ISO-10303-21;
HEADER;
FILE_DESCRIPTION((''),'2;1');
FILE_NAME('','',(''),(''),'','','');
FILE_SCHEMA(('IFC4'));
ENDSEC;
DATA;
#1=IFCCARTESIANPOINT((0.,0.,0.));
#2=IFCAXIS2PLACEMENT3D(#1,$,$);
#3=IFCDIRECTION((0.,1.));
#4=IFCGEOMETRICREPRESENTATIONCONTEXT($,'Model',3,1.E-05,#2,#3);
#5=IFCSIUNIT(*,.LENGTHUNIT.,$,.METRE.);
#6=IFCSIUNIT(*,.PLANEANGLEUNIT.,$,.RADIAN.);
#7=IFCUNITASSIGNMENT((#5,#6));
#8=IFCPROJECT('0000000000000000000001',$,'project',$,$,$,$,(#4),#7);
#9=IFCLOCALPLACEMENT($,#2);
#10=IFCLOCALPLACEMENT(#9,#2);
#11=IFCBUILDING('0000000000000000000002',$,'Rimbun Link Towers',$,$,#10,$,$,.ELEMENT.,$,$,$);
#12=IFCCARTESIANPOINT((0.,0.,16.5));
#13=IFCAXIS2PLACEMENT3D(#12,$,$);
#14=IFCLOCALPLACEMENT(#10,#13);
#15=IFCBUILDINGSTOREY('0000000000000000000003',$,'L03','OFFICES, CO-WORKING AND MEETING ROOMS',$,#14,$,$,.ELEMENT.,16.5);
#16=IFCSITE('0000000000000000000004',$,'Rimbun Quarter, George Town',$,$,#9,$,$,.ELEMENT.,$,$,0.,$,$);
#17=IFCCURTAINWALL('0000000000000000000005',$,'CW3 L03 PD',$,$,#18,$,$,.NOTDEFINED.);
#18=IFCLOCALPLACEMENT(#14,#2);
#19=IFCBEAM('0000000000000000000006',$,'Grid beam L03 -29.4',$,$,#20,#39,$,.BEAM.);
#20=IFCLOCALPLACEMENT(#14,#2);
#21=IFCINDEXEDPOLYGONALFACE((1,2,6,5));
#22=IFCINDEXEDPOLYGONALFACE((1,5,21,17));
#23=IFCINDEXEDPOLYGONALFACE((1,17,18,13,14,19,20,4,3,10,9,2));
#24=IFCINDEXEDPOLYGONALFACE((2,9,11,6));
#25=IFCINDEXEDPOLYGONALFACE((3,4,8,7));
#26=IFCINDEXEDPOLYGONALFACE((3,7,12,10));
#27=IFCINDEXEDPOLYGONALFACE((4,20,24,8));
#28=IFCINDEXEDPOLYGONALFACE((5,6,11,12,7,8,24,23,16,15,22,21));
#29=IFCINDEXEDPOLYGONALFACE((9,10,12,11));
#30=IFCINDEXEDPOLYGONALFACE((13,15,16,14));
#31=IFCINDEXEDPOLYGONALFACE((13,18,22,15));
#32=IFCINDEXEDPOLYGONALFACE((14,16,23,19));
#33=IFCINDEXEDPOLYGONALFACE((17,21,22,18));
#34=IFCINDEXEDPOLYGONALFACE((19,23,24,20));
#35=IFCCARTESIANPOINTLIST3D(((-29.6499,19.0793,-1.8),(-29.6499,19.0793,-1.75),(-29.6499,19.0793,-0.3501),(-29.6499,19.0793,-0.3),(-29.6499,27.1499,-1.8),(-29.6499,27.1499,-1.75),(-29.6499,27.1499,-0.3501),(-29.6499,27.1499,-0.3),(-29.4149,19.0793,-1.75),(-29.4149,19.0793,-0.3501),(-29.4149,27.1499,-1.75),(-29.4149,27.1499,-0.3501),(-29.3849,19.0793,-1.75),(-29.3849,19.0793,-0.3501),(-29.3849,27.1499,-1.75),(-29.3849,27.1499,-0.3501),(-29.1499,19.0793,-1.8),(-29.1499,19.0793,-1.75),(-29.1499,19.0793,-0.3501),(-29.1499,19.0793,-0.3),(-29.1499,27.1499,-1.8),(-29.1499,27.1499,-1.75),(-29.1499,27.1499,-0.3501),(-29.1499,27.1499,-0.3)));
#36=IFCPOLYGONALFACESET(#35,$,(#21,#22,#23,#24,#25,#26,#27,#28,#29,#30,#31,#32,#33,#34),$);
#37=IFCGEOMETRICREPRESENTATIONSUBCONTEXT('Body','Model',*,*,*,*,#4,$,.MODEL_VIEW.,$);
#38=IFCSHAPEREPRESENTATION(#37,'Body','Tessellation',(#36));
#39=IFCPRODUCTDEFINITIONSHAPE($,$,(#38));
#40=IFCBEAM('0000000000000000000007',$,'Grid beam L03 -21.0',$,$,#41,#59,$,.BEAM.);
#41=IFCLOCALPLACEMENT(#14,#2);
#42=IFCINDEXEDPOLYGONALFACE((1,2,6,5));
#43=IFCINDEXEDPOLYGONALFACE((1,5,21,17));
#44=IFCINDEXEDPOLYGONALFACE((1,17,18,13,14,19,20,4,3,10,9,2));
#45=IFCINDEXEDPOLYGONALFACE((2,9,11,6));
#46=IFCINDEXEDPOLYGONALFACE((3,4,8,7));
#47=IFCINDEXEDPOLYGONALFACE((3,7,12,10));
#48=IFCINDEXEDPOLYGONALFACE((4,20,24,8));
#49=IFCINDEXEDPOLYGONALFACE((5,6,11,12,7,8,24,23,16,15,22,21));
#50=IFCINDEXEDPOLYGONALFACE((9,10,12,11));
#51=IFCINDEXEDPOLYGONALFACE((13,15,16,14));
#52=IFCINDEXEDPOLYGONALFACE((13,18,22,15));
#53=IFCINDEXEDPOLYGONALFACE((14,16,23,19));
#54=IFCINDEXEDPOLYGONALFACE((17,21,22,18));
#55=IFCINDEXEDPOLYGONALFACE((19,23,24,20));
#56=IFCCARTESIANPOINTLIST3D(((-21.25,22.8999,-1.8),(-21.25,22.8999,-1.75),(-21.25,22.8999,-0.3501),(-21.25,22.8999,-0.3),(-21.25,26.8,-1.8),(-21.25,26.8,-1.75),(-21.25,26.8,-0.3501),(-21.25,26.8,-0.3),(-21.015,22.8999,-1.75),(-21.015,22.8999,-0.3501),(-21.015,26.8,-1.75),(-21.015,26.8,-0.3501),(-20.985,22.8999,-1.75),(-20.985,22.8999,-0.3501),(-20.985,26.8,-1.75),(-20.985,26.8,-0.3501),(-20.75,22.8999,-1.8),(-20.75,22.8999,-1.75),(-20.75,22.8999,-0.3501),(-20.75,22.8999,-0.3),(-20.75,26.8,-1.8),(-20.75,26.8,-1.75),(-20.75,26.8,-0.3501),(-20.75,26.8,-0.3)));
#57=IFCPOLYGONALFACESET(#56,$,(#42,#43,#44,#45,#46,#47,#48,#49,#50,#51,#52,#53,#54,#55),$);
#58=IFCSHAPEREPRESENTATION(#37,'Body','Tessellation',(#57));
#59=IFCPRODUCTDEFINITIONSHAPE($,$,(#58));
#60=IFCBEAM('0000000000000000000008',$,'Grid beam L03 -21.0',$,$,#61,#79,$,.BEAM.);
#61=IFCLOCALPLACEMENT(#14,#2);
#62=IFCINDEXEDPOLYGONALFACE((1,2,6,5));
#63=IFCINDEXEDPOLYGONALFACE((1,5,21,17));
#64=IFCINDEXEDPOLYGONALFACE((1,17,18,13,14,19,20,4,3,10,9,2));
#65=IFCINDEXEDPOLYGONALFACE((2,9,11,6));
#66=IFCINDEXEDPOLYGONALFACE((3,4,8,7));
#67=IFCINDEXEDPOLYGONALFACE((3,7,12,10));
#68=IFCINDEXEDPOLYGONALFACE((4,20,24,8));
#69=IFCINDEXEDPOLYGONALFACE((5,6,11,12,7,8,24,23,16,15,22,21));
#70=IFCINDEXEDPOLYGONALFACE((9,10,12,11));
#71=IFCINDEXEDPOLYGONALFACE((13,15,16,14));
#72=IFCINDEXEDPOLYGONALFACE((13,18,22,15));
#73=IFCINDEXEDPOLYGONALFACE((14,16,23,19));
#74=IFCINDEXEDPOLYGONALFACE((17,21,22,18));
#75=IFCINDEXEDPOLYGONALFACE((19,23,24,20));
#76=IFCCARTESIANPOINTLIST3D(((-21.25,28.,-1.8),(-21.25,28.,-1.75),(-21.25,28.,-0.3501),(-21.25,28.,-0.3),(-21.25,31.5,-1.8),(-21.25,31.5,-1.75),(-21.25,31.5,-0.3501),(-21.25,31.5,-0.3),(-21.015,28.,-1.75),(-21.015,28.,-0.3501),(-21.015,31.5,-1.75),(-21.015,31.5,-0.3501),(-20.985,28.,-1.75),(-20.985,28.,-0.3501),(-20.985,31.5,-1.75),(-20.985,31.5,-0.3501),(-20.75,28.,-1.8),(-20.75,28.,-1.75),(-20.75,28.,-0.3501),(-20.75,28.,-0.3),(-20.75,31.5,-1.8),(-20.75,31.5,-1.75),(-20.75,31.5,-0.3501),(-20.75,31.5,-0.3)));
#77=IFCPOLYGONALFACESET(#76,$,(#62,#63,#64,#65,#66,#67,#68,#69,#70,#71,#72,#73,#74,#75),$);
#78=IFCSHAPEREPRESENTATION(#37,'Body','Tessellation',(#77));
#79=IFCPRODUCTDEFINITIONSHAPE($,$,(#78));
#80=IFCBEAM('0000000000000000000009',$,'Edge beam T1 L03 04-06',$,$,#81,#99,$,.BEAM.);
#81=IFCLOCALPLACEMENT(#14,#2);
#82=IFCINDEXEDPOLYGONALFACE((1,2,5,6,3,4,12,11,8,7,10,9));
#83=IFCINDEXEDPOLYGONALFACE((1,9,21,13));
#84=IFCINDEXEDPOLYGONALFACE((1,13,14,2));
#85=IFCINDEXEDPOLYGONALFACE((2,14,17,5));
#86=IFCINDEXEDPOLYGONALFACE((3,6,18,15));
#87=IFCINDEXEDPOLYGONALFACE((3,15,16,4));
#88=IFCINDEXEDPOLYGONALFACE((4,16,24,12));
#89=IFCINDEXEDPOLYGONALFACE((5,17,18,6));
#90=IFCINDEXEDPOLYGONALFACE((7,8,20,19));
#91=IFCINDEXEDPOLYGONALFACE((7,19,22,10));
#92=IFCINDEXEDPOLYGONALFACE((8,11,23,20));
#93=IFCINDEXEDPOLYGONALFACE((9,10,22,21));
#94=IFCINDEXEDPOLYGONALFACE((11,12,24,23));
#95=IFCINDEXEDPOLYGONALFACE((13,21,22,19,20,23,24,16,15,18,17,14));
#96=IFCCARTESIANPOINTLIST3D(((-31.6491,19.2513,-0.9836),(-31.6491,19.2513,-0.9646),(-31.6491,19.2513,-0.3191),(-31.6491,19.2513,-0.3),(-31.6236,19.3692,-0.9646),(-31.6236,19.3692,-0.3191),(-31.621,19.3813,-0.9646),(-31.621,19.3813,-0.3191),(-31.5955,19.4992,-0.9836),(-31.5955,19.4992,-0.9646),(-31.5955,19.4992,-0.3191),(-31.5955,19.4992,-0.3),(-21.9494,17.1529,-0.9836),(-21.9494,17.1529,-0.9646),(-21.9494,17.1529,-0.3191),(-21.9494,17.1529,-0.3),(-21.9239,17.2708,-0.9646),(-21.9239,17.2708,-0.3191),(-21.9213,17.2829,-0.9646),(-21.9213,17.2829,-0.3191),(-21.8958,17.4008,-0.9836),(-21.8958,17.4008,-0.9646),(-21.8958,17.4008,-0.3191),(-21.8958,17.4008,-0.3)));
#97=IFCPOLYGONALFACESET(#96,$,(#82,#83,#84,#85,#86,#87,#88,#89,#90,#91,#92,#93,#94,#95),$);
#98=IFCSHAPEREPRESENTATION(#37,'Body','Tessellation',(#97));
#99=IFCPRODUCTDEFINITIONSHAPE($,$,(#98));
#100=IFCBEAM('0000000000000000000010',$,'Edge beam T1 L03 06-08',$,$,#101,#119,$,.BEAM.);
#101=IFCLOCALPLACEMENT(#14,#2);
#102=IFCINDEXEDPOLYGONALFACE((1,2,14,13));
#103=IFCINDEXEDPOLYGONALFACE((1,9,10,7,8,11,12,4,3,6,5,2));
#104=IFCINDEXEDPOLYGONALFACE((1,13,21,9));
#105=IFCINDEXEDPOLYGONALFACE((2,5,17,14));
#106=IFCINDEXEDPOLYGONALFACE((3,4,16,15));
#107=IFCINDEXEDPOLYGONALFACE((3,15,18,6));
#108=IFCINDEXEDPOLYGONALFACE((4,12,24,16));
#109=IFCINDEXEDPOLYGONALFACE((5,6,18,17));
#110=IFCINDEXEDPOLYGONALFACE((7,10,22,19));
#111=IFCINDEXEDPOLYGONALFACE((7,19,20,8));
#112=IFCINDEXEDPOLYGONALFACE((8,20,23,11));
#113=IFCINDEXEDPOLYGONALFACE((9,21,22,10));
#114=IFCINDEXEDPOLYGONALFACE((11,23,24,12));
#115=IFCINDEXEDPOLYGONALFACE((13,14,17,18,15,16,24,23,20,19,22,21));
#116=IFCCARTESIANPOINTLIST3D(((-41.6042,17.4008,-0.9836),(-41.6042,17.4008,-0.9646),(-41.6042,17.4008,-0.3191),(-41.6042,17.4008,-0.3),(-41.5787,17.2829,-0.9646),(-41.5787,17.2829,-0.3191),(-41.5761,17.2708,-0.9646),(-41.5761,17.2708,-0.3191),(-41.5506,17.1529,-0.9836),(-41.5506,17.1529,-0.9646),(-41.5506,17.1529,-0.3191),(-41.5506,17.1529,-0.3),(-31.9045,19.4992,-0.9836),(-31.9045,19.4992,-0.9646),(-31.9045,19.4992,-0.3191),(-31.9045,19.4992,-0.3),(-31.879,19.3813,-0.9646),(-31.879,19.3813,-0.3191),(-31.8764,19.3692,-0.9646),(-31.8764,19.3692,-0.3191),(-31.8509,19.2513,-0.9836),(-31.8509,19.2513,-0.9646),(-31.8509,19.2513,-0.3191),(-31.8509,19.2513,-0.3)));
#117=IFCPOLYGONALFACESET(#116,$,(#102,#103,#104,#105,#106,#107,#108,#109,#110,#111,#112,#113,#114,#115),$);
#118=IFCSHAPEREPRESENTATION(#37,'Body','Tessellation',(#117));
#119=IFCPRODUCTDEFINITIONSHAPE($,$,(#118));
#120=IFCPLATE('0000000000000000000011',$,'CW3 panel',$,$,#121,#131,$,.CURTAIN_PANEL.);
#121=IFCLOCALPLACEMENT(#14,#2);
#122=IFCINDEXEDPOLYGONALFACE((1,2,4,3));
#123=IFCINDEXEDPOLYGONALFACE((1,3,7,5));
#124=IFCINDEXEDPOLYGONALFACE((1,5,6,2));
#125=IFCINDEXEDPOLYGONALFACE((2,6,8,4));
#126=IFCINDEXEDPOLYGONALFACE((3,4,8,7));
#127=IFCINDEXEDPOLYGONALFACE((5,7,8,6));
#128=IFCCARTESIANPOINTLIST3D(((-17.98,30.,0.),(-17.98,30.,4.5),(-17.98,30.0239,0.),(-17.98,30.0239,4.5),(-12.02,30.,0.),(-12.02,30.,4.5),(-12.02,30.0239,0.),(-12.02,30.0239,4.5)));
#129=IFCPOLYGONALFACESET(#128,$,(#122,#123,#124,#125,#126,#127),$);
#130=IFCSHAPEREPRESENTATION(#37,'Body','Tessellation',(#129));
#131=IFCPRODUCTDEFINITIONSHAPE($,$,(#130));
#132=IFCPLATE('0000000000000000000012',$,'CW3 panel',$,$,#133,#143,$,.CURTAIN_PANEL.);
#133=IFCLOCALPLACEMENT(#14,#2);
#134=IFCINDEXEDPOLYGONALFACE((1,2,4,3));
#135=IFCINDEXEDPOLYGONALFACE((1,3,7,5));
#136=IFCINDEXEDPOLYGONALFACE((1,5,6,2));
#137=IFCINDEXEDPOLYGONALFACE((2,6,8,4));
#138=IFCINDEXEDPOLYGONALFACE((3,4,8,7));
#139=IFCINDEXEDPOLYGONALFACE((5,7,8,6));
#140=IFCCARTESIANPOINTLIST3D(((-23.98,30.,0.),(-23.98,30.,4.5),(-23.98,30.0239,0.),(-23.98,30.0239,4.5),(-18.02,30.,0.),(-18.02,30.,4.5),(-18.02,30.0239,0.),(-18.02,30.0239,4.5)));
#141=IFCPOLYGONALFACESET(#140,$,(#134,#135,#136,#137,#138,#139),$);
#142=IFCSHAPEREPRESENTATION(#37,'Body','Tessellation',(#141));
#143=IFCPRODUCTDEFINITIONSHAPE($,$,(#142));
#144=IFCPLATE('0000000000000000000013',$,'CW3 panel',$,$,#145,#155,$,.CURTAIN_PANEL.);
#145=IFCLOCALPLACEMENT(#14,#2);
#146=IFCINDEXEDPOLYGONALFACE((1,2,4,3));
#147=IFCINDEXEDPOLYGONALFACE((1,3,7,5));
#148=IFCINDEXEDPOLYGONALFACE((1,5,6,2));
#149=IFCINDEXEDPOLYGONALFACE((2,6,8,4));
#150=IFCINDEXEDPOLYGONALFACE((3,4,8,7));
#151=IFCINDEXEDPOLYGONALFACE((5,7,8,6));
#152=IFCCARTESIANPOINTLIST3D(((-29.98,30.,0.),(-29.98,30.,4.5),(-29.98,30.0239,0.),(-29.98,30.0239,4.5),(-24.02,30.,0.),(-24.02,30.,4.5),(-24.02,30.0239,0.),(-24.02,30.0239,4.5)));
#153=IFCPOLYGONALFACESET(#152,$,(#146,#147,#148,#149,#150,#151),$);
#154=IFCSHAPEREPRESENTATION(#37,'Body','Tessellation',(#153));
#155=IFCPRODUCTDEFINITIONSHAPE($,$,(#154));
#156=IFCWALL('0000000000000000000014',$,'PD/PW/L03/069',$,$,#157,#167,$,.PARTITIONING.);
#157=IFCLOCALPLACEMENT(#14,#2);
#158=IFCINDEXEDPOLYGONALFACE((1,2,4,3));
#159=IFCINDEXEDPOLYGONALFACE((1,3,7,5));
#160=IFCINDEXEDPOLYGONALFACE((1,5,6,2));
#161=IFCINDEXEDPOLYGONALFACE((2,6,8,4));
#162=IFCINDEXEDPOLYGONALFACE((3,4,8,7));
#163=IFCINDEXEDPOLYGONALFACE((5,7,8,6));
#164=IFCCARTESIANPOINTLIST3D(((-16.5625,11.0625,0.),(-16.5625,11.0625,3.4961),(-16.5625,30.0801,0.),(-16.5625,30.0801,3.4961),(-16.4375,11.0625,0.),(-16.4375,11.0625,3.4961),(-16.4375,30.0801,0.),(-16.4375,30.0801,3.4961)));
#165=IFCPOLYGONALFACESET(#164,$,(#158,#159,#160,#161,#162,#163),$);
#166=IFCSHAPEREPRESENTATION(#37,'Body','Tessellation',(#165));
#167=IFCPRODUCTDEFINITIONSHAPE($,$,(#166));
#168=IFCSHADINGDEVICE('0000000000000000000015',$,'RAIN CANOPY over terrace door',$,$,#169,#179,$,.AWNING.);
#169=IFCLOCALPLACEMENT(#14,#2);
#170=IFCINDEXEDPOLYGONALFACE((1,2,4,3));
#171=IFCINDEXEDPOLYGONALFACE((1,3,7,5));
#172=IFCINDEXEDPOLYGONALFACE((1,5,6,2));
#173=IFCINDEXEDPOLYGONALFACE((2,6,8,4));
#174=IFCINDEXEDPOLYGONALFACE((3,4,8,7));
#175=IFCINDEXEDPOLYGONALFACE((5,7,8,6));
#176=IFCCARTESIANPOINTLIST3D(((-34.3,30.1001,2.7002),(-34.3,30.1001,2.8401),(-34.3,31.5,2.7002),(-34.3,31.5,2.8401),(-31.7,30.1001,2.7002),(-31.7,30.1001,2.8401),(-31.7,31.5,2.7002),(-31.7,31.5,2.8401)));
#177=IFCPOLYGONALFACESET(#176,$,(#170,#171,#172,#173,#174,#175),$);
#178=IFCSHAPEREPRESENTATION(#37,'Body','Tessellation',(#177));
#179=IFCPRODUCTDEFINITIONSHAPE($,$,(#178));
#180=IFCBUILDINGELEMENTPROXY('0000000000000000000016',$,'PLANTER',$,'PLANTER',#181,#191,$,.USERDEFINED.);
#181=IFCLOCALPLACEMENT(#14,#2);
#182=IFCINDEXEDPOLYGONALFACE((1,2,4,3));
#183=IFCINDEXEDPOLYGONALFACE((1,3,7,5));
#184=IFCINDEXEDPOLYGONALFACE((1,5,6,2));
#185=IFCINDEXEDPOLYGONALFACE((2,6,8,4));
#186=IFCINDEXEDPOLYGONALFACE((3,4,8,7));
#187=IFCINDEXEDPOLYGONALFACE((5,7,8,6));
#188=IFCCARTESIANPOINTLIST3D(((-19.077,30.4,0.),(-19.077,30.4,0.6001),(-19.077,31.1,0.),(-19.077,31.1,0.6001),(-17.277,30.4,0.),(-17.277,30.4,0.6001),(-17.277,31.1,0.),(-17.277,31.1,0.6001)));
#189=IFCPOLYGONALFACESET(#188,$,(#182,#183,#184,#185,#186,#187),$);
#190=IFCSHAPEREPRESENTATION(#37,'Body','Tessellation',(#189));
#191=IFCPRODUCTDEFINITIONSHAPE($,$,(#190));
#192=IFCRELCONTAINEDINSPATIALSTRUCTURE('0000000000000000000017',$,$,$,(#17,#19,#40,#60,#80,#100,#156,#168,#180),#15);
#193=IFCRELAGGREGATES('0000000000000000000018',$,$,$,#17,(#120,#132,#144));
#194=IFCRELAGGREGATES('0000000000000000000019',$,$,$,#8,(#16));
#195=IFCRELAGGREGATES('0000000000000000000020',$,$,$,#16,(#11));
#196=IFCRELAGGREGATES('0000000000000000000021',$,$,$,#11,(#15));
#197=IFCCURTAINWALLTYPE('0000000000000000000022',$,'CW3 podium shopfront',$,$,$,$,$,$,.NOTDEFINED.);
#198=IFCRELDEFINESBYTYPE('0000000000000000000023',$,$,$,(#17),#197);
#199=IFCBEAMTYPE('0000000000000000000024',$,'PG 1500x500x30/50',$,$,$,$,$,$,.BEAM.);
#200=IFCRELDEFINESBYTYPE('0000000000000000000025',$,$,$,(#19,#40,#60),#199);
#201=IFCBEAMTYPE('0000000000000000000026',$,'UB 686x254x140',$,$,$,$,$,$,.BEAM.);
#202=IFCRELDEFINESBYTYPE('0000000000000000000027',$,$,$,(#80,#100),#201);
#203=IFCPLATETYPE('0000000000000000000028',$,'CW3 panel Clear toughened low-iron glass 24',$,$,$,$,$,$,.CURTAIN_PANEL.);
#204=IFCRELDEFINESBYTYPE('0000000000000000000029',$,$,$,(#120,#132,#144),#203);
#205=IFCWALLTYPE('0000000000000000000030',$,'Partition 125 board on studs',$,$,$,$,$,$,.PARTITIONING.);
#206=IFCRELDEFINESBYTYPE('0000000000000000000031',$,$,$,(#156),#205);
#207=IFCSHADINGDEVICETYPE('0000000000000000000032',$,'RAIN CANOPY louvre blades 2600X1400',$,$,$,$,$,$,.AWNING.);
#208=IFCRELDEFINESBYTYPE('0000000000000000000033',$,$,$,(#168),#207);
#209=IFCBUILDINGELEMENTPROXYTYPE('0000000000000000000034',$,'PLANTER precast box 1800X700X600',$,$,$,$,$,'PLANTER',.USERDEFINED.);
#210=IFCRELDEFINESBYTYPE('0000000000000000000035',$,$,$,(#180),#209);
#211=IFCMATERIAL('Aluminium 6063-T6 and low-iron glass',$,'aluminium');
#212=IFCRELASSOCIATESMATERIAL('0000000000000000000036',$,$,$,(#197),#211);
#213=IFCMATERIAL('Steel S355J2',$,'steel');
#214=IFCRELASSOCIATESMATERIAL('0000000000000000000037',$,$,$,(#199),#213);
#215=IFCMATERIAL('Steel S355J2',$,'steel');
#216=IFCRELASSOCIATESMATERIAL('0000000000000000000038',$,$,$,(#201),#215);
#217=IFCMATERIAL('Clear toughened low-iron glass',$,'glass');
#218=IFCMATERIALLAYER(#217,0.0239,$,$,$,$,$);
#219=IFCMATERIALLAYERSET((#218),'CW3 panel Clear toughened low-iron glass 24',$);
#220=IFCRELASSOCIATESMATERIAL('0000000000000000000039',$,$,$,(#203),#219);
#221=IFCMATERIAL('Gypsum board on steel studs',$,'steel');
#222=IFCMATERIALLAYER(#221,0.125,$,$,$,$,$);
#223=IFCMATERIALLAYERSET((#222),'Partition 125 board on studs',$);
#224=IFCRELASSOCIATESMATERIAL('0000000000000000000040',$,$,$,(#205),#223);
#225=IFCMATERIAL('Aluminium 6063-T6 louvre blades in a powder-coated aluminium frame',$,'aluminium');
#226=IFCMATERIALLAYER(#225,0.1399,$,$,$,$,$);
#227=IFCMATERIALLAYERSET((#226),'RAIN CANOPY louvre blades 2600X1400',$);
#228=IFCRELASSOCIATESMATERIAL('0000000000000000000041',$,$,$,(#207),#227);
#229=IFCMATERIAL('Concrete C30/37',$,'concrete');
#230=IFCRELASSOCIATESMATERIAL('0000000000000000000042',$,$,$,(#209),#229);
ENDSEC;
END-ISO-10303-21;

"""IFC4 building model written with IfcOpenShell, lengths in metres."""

from ifc_helpers import new_model, si_unit, direction, frame, frame_2d, origin, origin_2d, place, context, subcontext, project, spatial, rectangle, i_section, extrude, material, layer, layer_set, material_profile, profile_set, type_object, element, aggregate, save


model = new_model("IFC4")

# Units and contexts
model_context = context("Model", 3, precision=1e-05, world=origin(), true_north=direction((0.0, 1.0)))
body_context = subcontext(model_context, "Body", "Model", "MODEL_VIEW")
ifc_project = project(units=[si_unit("LENGTHUNIT", "METRE"), si_unit("PLANEANGLEUNIT", "RADIAN")], contexts=[model_context])

# Site, building, storey
site_placement = place(None, origin())
site = spatial("IfcSite", under=ifc_project, at=site_placement, Name="Rimbun Quarter, George Town", CompositionType="ELEMENT", RefElevation=0.0)
building_placement = place(site_placement, origin())
building = spatial("IfcBuilding", under=site, at=building_placement, Name="Rimbun Link Towers", CompositionType="ELEMENT")
storey_placement = place(building_placement, frame((0.0, 0.0, 16.5)))
storey = spatial("IfcBuildingStorey", under=building, at=storey_placement, Name="L03", Description="OFFICES, CO-WORKING AND MEETING ROOMS", CompositionType="ELEMENT", Elevation=16.5)

# Curtain wall
ifc_material_1 = material(Name="Aluminium 6063-T6 and low-iron glass", Category="aluminium")
curtain_wall_type = type_object("IfcCurtainWallType", Name="CW3 podium shopfront", PredefinedType="NOTDEFINED", material=ifc_material_1)
curtain_wall_placement = place(storey_placement, origin())
curtain_wall = element("IfcCurtainWall", 1, at=curtain_wall_placement, inside=storey, type_object=curtain_wall_type, Name="CW3 L03 PD", PredefinedType="NOTDEFINED")

# Beams
ifc_material_2 = material(Name="Steel S355J2", Category="steel")
ifc_material_profile_1 = material_profile(ifc_material_2, i_section(OverallWidth=0.5, OverallDepth=1.5, WebThickness=0.03, FlangeThickness=0.05, at=origin_2d()), Name="PG 1500x500x30/50")
ifc_profile_set_1 = profile_set([ifc_material_profile_1], Name="Steel S355J2")
beam_type_1 = type_object("IfcBeamType", Name="PG 1500x500x30/50", PredefinedType="BEAM", material=ifc_profile_set_1)
beam_1_placement = place(storey_placement, frame((-29.3999, 19.0793, -1.05), z_axis=(0.0, 1.0, 0.0), x_axis=(-1.0, 0.0, 0.0)))
element("IfcBeam", 2, at=beam_1_placement, inside=storey, type_object=beam_type_1, Name="Grid beam L03 -29.4", PredefinedType="BEAM", context=body_context, shape_type="SweptSolid", body=[
    extrude(i_section(OverallWidth=0.5, OverallDepth=1.5, WebThickness=0.03, FlangeThickness=0.05, at=origin_2d()), origin(), (0.0, 0.0, 1.0), 8.0706),
])
beam_2_placement = place(storey_placement, frame((-21.0, 22.8999, -1.05), z_axis=(0.0, 1.0, 0.0), x_axis=(-1.0, 0.0, 0.0)))
element("IfcBeam", 3, at=beam_2_placement, inside=storey, type_object=beam_type_1, Name="Grid beam L03 -21.0", PredefinedType="BEAM", context=body_context, shape_type="SweptSolid", body=[
    extrude(i_section(OverallWidth=0.5, OverallDepth=1.5, WebThickness=0.03, FlangeThickness=0.05, at=origin_2d()), origin(), (0.0, 0.0, 1.0), 3.9001),
])
beam_3_placement = place(storey_placement, frame((-21.0, 28.0, -1.05), z_axis=(0.0, 1.0, 0.0), x_axis=(-1.0, 0.0, 0.0)))
element("IfcBeam", 4, at=beam_3_placement, inside=storey, type_object=beam_type_1, Name="Grid beam L03 -21.0", PredefinedType="BEAM", context=body_context, shape_type="SweptSolid", body=[
    extrude(i_section(OverallWidth=0.5, OverallDepth=1.5, WebThickness=0.03, FlangeThickness=0.05, at=origin_2d()), origin(), (0.0, 0.0, 1.0), 3.5),
])
ifc_material_3 = material(Name="Steel S355J2", Category="steel")
ifc_material_profile_2 = material_profile(ifc_material_3, i_section(OverallWidth=0.2537, OverallDepth=0.6836, WebThickness=0.0125, FlangeThickness=0.019, at=origin_2d()), Name="UB 686x254x140")
ifc_profile_set_2 = profile_set([ifc_material_profile_2], Name="Steel S355J2")
beam_type_2 = type_object("IfcBeamType", Name="UB 686x254x140", PredefinedType="BEAM", material=ifc_profile_set_2)
for number, where, z_axis, x_axis, name in (
    (5, (-21.9226, 17.2769, -0.6418), (-0.97739, 0.211444, 0.0), (-0.211444, -0.97739, 0.0), "Edge beam T1 L03 04-06"),
    (6, (-31.8777, 19.3752, -0.6418), (-0.97739, -0.211444, 0.0), (0.211444, -0.97739, 0.0), "Edge beam T1 L03 06-08"),
):
    element("IfcBeam", number, at=place(storey_placement, frame(where, z_axis=z_axis, x_axis=x_axis)), inside=storey, type_object=beam_type_2, Name=name, PredefinedType="BEAM", context=body_context, shape_type="SweptSolid", body=[
        extrude(i_section(OverallWidth=0.2537, OverallDepth=0.6836, WebThickness=0.0125, FlangeThickness=0.019, at=origin_2d()), origin(), (0.0, 0.0, 1.0), 9.9241),
    ])

# Plates
ifc_material_4 = material(Name="Clear toughened low-iron glass", Category="glass")
ifc_layer_1 = layer(ifc_material_4, 0.0239)
ifc_layer_set_1 = layer_set([ifc_layer_1], Name="CW3 panel Clear toughened low-iron glass 24")
plate_type = type_object("IfcPlateType", Name="CW3 panel Clear toughened low-iron glass 24", PredefinedType="CURTAIN_PANEL", material=ifc_layer_set_1)
plate_1_placement = place(storey_placement, frame((-15.0, 30.012, 0.0), z_axis=(0.0, 0.0, 1.0), x_axis=(1.0, 0.0, 0.0)))
plate_1 = element("IfcPlate", 7, at=plate_1_placement, type_object=plate_type, Name="CW3 panel", PredefinedType="CURTAIN_PANEL", context=body_context, shape_type="SweptSolid", body=[
    extrude(rectangle(XDim=5.96, YDim=0.0239, at=origin_2d()), origin(), (0.0, 0.0, 1.0), 4.5),
])
plate_2_placement = place(storey_placement, frame((-21.0, 30.012, 0.0), z_axis=(0.0, 0.0, 1.0), x_axis=(1.0, 0.0, 0.0)))
plate_2 = element("IfcPlate", 8, at=plate_2_placement, type_object=plate_type, Name="CW3 panel", PredefinedType="CURTAIN_PANEL", context=body_context, shape_type="SweptSolid", body=[
    extrude(rectangle(XDim=5.96, YDim=0.0239, at=origin_2d()), origin(), (0.0, 0.0, 1.0), 4.5),
])
plate_3_placement = place(storey_placement, frame((-27.0, 30.012, 0.0), z_axis=(0.0, 0.0, 1.0), x_axis=(1.0, 0.0, 0.0)))
plate_3 = element("IfcPlate", 9, at=plate_3_placement, type_object=plate_type, Name="CW3 panel", PredefinedType="CURTAIN_PANEL", context=body_context, shape_type="SweptSolid", body=[
    extrude(rectangle(XDim=5.96, YDim=0.0239, at=origin_2d()), origin(), (0.0, 0.0, 1.0), 4.5),
])
aggregate(curtain_wall, [plate_1, plate_2, plate_3])

# Wall
ifc_material_5 = material(Name="Gypsum board on steel studs", Category="steel")
ifc_layer_2 = layer(ifc_material_5, 0.125)
ifc_layer_set_2 = layer_set([ifc_layer_2], Name="Partition 125 board on studs")
wall_type = type_object("IfcWallType", Name="Partition 125 board on studs", PredefinedType="PARTITIONING", material=ifc_layer_set_2)
wall_placement = place(storey_placement, frame((-16.5, 11.0625, 0.0), z_axis=(0.0, 0.0, 1.0), x_axis=(0.0, 1.0, 0.0)))
element("IfcWall", 10, at=wall_placement, inside=storey, type_object=wall_type, Name="PD/PW/L03/069", PredefinedType="PARTITIONING", context=body_context, shape_type="SweptSolid", body=[
    extrude(rectangle(XDim=19.0176, YDim=0.125, at=frame_2d((9.5088, 0.0))), origin(), (0.0, 0.0, 1.0), 3.4961),
])

# Shading device
ifc_material_6 = material(Name="Aluminium 6063-T6 louvre blades in a powder-coated aluminium frame", Category="aluminium")
ifc_layer_3 = layer(ifc_material_6, 0.1399)
ifc_layer_set_3 = layer_set([ifc_layer_3], Name="RAIN CANOPY louvre blades 2600X1400")
shading_device_type = type_object("IfcShadingDeviceType", Name="RAIN CANOPY louvre blades 2600X1400", PredefinedType="AWNING", material=ifc_layer_set_3)
shading_device_placement = place(storey_placement, frame((-33.0, 30.8, 2.7002), z_axis=(0.0, 0.0, 1.0), x_axis=(1.0, 0.0, 0.0)))
element("IfcShadingDevice", 11, at=shading_device_placement, inside=storey, type_object=shading_device_type, Name="RAIN CANOPY over terrace door", PredefinedType="AWNING", context=body_context, shape_type="SweptSolid", body=[
    extrude(rectangle(XDim=2.6001, YDim=1.3999, at=origin_2d()), origin(), (0.0, 0.0, 1.0), 0.1399),
])

# Building element proxy
ifc_material_7 = material(Name="Concrete C30/37", Category="concrete")
building_element_proxy_type = type_object("IfcBuildingElementProxyType", Name="PLANTER precast box 1800X700X600", ElementType="PLANTER", PredefinedType="USERDEFINED", material=ifc_material_7)
for number, where, z_axis, x_axis, name in (
    (12, (-18.177, 30.75, 0.0), (0.0, 0.0, 1.0), (-1.0, 0.0, 0.0), "PLANTER"),
):
    element("IfcBuildingElementProxy", number, at=place(storey_placement, frame(where, z_axis=z_axis, x_axis=x_axis)), inside=storey, type_object=building_element_proxy_type, Name=name, ObjectType="PLANTER", PredefinedType="USERDEFINED", context=body_context, shape_type="SweptSolid", body=[
        extrude(rectangle(XDim=1.8, YDim=0.7, at=origin_2d()), origin(), (0.0, 0.0, 1.0), 0.6001),
    ])

save(model, "model.ifc")
